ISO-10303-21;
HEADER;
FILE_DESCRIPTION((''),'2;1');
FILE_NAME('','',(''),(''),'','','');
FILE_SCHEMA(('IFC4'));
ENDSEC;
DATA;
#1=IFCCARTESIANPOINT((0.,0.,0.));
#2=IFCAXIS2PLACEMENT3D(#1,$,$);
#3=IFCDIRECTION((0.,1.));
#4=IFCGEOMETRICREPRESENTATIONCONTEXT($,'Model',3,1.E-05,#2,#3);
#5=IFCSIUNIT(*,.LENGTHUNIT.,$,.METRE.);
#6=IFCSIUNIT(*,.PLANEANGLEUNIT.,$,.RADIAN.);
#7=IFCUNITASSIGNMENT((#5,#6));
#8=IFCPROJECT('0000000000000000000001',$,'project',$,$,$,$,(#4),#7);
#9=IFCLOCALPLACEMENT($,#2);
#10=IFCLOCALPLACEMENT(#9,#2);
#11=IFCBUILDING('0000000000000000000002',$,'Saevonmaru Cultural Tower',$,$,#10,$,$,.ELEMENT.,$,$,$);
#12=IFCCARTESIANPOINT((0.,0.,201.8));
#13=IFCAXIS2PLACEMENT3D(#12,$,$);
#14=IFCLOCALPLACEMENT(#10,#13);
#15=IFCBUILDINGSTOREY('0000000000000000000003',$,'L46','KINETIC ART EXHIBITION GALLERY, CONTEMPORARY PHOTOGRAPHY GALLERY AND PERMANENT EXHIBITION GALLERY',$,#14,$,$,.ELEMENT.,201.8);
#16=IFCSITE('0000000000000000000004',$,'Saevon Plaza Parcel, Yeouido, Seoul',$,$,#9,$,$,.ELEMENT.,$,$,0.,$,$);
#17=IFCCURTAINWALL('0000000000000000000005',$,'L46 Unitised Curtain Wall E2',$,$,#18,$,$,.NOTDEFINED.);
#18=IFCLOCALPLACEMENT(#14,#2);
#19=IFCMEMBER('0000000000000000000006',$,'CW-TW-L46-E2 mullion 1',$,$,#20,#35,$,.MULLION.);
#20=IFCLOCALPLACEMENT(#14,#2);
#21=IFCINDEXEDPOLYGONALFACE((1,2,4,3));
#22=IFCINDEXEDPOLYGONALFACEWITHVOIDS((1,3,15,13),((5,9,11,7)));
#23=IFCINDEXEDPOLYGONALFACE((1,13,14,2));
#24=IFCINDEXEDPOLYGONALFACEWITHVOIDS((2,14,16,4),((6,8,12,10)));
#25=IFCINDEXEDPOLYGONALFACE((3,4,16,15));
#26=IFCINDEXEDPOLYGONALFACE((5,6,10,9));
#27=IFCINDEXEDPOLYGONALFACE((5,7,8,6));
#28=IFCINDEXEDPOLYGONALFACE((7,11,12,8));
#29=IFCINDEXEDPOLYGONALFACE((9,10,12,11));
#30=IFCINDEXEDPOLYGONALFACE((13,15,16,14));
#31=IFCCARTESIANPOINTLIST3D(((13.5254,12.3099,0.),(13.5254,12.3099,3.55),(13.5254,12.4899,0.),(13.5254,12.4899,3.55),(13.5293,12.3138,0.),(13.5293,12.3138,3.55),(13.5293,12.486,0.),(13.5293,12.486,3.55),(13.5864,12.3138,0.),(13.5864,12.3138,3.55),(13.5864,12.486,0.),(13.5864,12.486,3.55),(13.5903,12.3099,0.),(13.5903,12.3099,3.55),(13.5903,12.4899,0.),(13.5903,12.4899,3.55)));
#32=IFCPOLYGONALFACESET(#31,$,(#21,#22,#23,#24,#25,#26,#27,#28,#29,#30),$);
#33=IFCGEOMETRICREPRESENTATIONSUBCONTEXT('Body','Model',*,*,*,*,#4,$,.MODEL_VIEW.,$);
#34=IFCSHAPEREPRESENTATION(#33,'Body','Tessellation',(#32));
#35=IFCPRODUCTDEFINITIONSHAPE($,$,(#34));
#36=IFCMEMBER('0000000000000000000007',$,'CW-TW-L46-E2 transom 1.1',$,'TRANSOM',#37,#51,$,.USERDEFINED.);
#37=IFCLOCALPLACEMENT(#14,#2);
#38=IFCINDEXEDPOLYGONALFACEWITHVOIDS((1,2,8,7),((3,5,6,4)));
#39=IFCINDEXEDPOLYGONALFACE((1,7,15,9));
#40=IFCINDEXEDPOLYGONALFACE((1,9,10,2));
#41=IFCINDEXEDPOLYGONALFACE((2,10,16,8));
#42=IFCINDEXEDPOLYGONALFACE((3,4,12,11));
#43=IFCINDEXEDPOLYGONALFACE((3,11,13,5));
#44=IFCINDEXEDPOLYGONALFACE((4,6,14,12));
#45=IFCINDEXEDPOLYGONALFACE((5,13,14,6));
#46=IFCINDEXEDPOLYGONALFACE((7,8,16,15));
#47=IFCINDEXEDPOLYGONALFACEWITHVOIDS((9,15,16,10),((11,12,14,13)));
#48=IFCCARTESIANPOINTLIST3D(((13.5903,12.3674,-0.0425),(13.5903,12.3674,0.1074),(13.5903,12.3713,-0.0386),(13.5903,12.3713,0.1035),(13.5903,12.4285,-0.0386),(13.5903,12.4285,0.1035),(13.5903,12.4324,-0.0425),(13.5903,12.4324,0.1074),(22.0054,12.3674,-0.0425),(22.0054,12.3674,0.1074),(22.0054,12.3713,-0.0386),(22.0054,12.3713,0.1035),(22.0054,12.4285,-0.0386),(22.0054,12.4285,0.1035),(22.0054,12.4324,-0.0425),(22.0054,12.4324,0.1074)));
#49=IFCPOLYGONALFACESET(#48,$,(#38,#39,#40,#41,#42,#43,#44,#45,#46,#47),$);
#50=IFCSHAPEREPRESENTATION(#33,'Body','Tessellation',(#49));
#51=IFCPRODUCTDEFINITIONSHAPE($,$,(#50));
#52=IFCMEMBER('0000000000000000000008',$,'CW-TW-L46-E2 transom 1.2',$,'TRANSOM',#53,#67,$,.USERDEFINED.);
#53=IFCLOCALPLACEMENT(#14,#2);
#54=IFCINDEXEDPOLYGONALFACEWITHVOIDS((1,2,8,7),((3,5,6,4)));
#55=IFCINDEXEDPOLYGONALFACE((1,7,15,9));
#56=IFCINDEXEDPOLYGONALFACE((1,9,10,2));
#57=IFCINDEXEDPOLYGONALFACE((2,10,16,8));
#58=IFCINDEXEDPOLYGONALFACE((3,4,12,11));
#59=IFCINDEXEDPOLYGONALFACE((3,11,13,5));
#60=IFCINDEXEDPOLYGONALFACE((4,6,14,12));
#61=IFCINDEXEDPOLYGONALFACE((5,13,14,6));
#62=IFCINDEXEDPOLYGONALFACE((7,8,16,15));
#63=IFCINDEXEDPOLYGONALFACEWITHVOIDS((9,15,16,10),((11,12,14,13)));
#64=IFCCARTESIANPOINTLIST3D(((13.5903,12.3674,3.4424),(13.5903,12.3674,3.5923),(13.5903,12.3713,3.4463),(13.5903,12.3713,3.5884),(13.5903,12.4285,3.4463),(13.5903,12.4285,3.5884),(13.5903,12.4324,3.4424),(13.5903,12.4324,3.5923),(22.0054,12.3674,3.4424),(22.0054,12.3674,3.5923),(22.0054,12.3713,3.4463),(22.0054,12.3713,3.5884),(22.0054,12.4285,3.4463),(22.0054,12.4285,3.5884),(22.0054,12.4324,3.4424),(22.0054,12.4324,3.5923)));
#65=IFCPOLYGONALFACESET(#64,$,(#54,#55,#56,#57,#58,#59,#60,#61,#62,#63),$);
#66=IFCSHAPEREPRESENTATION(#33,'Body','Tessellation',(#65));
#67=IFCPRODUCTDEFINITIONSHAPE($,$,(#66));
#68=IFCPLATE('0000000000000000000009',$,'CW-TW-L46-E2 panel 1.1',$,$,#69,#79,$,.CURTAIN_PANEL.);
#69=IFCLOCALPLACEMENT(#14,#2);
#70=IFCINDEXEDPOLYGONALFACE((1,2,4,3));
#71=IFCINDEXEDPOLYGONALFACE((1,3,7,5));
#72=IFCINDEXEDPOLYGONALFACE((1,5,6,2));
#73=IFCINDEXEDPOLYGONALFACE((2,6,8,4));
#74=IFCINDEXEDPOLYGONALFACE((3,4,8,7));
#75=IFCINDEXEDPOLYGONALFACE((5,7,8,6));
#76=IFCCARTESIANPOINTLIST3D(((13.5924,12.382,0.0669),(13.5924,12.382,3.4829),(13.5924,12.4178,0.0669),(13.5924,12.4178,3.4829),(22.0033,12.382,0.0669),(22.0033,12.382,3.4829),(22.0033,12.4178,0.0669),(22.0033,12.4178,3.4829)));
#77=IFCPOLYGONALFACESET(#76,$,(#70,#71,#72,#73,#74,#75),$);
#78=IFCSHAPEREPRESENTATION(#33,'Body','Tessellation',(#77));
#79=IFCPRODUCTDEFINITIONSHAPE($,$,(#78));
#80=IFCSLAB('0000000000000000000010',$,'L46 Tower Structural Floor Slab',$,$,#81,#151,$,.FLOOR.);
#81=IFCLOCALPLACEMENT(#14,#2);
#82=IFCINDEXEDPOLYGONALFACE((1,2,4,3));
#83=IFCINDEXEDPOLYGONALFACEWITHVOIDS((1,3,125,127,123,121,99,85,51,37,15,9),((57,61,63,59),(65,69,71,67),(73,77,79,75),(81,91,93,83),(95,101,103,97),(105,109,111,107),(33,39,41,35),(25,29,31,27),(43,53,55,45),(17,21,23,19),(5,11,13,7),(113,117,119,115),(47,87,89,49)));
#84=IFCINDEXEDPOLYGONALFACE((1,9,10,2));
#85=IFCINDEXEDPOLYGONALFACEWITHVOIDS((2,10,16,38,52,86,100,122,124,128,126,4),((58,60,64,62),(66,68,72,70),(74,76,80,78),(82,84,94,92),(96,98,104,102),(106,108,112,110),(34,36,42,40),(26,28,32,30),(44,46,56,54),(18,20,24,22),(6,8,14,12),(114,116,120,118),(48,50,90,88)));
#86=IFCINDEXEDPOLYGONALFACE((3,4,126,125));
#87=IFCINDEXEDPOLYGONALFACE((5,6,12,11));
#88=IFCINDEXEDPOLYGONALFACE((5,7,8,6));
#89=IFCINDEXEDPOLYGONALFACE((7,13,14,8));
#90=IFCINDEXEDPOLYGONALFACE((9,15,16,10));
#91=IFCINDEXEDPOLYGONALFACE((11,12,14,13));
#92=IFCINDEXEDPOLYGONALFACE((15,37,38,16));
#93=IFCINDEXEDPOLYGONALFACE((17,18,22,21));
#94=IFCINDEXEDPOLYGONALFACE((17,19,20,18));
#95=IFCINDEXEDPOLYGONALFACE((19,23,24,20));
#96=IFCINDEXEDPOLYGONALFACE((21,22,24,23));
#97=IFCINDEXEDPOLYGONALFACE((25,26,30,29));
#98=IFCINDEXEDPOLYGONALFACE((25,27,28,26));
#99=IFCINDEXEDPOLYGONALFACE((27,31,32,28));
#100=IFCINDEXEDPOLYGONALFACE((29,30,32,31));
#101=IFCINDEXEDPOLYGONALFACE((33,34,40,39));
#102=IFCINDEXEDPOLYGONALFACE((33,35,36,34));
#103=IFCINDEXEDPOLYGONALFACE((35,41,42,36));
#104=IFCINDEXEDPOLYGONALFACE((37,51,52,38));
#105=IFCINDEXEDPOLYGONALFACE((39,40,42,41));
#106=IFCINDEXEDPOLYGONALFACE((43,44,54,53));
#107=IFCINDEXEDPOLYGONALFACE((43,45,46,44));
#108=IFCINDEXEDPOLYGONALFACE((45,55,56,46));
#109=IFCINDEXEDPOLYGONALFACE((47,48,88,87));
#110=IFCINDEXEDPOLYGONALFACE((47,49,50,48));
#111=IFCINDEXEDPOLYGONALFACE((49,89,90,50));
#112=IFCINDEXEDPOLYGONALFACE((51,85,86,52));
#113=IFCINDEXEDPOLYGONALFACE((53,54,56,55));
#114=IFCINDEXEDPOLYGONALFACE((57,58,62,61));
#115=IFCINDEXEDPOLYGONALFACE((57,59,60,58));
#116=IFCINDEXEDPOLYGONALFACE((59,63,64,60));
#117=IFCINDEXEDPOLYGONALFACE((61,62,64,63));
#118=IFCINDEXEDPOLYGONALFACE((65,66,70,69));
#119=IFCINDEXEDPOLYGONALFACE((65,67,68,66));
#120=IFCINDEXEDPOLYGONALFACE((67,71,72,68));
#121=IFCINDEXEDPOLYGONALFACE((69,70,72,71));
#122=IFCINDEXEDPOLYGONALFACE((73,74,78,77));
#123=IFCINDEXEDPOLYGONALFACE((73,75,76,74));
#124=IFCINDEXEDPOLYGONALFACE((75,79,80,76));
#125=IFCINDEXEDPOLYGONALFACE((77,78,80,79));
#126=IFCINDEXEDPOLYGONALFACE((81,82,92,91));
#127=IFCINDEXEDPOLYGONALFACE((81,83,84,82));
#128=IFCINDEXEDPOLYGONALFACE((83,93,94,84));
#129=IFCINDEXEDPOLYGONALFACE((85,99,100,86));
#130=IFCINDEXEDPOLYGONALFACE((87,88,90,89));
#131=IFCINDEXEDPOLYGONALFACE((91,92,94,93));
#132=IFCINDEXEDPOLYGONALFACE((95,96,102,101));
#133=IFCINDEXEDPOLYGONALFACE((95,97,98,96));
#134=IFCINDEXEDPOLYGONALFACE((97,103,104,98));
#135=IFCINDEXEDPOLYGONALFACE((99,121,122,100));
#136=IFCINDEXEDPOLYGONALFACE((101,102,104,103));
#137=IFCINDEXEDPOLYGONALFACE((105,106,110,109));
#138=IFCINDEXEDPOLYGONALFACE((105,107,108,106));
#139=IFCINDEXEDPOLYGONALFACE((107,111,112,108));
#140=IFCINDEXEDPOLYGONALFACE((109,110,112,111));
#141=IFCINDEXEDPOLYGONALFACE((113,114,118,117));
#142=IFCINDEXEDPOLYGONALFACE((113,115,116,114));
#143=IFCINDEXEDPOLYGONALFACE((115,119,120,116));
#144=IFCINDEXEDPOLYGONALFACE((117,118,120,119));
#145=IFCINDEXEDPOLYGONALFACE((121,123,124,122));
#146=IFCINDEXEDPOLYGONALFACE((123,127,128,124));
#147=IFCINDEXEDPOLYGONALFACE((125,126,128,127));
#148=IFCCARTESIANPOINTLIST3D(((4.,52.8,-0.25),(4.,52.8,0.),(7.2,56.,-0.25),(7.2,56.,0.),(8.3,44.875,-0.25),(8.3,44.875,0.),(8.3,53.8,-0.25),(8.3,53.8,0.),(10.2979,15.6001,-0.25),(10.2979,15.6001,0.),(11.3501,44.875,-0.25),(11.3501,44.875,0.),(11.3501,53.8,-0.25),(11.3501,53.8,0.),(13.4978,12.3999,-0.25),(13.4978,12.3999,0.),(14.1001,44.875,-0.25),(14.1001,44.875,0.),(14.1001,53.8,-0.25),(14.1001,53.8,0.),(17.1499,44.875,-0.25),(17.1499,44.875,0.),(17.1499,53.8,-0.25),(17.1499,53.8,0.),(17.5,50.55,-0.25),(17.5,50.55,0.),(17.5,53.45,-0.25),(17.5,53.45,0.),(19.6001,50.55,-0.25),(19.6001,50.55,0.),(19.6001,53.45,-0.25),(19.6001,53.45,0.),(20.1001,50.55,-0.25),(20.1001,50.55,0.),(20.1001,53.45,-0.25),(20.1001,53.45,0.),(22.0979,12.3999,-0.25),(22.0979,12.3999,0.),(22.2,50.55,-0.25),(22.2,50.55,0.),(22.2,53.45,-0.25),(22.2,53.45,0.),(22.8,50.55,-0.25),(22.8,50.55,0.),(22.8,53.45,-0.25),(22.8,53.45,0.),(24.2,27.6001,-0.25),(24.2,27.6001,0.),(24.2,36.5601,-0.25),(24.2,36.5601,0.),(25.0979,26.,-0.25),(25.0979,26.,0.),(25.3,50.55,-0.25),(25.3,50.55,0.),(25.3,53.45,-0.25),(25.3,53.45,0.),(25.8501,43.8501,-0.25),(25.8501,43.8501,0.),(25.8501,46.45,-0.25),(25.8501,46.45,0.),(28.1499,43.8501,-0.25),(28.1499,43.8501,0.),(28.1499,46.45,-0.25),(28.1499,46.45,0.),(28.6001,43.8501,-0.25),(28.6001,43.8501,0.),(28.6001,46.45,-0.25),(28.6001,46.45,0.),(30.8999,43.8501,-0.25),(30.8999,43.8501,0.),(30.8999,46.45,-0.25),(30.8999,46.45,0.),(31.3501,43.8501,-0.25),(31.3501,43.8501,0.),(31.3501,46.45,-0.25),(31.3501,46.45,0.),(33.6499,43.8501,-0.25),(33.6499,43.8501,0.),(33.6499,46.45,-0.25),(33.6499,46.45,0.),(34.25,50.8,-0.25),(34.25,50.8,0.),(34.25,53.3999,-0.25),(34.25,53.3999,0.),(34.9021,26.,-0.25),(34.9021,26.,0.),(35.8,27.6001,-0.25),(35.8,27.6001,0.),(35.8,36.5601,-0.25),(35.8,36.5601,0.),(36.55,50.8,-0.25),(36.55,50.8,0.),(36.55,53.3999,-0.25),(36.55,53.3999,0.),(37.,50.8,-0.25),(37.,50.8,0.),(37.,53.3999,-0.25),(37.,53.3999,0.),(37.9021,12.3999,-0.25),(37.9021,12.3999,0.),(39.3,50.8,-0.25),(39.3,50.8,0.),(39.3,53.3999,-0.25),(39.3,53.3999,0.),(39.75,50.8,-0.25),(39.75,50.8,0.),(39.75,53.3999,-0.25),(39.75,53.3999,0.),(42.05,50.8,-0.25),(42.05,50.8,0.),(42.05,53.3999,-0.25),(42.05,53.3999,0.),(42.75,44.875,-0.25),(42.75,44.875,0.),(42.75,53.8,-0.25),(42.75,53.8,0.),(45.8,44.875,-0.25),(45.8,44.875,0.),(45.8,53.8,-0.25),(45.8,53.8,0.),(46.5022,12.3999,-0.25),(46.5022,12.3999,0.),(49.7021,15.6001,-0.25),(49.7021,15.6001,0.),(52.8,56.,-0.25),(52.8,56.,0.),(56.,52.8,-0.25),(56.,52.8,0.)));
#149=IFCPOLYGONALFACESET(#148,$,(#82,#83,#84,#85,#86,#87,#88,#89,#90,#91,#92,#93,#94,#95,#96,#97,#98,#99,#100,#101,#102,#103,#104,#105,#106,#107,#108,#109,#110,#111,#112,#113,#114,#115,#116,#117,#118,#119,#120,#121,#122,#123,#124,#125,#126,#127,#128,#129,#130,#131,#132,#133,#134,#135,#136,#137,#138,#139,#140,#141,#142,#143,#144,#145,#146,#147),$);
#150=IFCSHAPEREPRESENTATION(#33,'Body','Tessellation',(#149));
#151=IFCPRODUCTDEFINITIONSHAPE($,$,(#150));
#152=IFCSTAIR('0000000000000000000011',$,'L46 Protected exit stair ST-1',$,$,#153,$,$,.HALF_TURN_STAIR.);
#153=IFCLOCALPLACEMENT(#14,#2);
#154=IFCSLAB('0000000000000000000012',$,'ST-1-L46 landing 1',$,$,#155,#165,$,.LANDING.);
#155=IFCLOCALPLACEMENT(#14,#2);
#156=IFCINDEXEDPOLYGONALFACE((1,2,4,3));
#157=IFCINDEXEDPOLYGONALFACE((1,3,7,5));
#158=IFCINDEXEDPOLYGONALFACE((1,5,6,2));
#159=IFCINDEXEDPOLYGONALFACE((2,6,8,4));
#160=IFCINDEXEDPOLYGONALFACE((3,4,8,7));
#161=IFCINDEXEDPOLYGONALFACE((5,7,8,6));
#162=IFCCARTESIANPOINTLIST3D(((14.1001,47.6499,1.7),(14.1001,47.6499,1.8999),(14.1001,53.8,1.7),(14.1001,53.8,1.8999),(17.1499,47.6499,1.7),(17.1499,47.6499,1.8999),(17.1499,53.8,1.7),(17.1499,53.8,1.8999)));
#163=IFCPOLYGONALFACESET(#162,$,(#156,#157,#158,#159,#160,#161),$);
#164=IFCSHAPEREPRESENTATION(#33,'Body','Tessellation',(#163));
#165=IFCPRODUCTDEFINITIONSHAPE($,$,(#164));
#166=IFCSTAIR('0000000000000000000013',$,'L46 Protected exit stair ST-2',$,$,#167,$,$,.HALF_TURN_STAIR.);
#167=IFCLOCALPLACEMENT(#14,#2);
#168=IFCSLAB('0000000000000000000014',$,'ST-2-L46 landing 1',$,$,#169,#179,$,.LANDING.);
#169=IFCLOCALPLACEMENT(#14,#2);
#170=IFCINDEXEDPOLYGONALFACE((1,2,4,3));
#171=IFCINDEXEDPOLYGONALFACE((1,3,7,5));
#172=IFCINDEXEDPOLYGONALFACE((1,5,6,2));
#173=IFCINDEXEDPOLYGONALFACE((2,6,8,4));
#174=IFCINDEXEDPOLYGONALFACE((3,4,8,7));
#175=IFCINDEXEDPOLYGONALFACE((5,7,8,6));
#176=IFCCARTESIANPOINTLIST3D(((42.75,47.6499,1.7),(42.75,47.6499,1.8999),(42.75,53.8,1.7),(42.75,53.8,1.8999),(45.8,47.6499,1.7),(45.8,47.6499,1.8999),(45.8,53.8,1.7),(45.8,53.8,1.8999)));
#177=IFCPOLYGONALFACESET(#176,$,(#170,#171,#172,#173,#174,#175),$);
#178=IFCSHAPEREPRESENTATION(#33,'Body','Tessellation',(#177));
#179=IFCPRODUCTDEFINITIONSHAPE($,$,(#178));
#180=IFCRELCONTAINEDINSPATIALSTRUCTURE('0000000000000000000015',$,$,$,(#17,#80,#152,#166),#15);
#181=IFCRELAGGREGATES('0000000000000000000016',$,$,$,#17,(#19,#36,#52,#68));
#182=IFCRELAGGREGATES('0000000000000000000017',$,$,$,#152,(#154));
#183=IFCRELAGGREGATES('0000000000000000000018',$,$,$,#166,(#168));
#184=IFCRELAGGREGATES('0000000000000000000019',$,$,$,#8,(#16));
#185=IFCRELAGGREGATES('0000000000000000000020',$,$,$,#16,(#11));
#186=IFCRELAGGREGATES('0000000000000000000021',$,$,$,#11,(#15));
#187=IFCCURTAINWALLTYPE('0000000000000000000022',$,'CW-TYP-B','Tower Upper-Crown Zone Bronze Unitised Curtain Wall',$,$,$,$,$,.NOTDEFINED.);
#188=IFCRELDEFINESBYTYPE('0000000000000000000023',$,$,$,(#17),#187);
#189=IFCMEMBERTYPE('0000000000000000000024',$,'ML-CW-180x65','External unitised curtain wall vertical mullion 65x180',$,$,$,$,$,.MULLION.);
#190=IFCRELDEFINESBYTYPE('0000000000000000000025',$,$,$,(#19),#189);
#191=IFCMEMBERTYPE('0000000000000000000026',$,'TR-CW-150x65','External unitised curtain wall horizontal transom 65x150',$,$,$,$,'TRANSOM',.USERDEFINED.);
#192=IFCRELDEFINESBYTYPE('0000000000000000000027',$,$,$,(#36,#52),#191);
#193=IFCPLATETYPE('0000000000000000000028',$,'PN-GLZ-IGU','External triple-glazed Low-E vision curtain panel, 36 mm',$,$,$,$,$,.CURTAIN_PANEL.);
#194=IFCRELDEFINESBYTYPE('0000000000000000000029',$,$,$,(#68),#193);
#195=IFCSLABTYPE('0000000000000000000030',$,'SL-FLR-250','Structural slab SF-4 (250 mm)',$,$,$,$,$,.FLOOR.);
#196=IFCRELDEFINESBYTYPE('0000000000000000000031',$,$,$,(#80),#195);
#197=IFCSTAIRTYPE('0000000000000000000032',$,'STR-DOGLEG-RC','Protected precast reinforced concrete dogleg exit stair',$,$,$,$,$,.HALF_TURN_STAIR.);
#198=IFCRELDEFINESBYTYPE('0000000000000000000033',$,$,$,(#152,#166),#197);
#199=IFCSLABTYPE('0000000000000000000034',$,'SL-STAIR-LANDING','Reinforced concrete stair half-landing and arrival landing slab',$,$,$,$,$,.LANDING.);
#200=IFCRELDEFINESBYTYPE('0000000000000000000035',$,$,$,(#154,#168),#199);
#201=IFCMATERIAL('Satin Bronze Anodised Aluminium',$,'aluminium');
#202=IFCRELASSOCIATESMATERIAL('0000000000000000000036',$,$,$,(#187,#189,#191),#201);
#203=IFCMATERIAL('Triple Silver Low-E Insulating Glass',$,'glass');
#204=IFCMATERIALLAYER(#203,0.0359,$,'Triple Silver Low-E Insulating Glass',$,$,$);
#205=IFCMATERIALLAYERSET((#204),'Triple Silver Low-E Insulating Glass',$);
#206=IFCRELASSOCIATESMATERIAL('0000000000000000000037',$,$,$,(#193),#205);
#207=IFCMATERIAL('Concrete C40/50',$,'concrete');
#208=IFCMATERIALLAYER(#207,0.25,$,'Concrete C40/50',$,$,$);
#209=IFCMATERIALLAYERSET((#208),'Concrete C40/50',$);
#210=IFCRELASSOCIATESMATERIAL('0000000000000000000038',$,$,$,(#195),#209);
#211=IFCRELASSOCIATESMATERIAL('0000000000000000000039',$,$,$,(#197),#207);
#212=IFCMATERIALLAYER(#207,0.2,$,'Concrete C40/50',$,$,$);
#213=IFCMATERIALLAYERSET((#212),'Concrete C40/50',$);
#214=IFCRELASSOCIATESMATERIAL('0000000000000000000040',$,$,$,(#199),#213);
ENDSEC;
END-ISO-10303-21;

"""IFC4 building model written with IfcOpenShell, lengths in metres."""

from ifc_helpers import new_model, si_unit, direction, frame, origin, origin_2d, place, context, subcontext, project, spatial, polyline, rectangle, hollow_rectangle, outline, extrude, material, layer, layer_set, material_profile, profile_set, type_object, element, aggregate, save


model = new_model("IFC4")

# Units and contexts
model_context = context("Model", 3, precision=1e-05, world=origin(), true_north=direction((0.0, 1.0)))
body_context = subcontext(model_context, "Body", "Model", "MODEL_VIEW")
ifc_project = project(units=[si_unit("LENGTHUNIT", "METRE"), si_unit("PLANEANGLEUNIT", "RADIAN")], contexts=[model_context])

# Site, building, storey
site_placement = place(None, origin())
site = spatial("IfcSite", under=ifc_project, at=site_placement, Name="Saevon Plaza Parcel, Yeouido, Seoul", CompositionType="ELEMENT", RefElevation=0.0)
building_placement = place(site_placement, origin())
building = spatial("IfcBuilding", under=site, at=building_placement, Name="Saevonmaru Cultural Tower", CompositionType="ELEMENT")
storey_placement = place(building_placement, frame((0.0, 0.0, 201.8)))
storey = spatial("IfcBuildingStorey", under=building, at=storey_placement, Name="L46", Description="KINETIC ART EXHIBITION GALLERY, CONTEMPORARY PHOTOGRAPHY GALLERY AND PERMANENT EXHIBITION GALLERY", CompositionType="ELEMENT", Elevation=201.8)

# Curtain wall, members, plate
ifc_material_1 = material(Name="Satin Bronze Anodised Aluminium", Category="aluminium")
curtain_wall_type = type_object("IfcCurtainWallType", Name="CW-TYP-B", Description="Tower Upper-Crown Zone Bronze Unitised Curtain Wall", PredefinedType="NOTDEFINED", material=ifc_material_1)
curtain_wall_placement = place(storey_placement, origin())
curtain_wall = element("IfcCurtainWall", 1, at=curtain_wall_placement, inside=storey, type_object=curtain_wall_type, Name="L46 Unitised Curtain Wall E2", PredefinedType="NOTDEFINED")
ifc_material_profile_1 = material_profile(ifc_material_1, hollow_rectangle(XDim=0.0649, YDim=0.1799, WallThickness=0.0039, at=origin_2d()), Name="ALU-MULL-180x65x4")
ifc_profile_set_1 = profile_set([ifc_material_profile_1], Name="Satin Bronze Anodised Aluminium")
member_type_1 = type_object("IfcMemberType", Name="ML-CW-180x65", Description="External unitised curtain wall vertical mullion 65x180", PredefinedType="MULLION", material=ifc_profile_set_1)
member_1_placement = place(storey_placement, frame((13.5579, 12.3999, 0.0), z_axis=(0.0, 0.0, 1.0), x_axis=(1.0, 0.0, 0.0)))
member_1 = element("IfcMember", 2, at=member_1_placement, type_object=member_type_1, Name="CW-TW-L46-E2 mullion 1", PredefinedType="MULLION", context=body_context, shape_type="SweptSolid", body=[
    extrude(hollow_rectangle(XDim=0.0649, YDim=0.1799, WallThickness=0.0039, at=origin_2d()), origin(), (0.0, 0.0, 1.0), 3.55),
])
ifc_material_profile_2 = material_profile(ifc_material_1, hollow_rectangle(XDim=0.0649, YDim=0.1499, WallThickness=0.0039, at=origin_2d()), Name="ALU-TRAN-150x65x4")
ifc_profile_set_2 = profile_set([ifc_material_profile_2], Name="Satin Bronze Anodised Aluminium")
member_type_2 = type_object("IfcMemberType", Name="TR-CW-150x65", Description="External unitised curtain wall horizontal transom 65x150", ElementType="TRANSOM", PredefinedType="USERDEFINED", material=ifc_profile_set_2)
member_2_placement = place(storey_placement, frame((13.5903, 12.3999, 0.0325), z_axis=(1.0, 0.0, 0.0), x_axis=(0.0, 1.0, 0.0)))
member_2 = element("IfcMember", 3, at=member_2_placement, type_object=member_type_2, Name="CW-TW-L46-E2 transom 1.1", ObjectType="TRANSOM", PredefinedType="USERDEFINED", context=body_context, shape_type="SweptSolid", body=[
    extrude(hollow_rectangle(XDim=0.0649, YDim=0.1499, WallThickness=0.0039, at=origin_2d()), origin(), (0.0, 0.0, 1.0), 8.415),
])
member_3_placement = place(storey_placement, frame((13.5903, 12.3999, 3.5173), z_axis=(1.0, 0.0, 0.0), x_axis=(0.0, 1.0, 0.0)))
member_3 = element("IfcMember", 4, at=member_3_placement, type_object=member_type_2, Name="CW-TW-L46-E2 transom 1.2", ObjectType="TRANSOM", PredefinedType="USERDEFINED", context=body_context, shape_type="SweptSolid", body=[
    extrude(hollow_rectangle(XDim=0.0649, YDim=0.1499, WallThickness=0.0039, at=origin_2d()), origin(), (0.0, 0.0, 1.0), 8.415),
])
ifc_material_2 = material(Name="Triple Silver Low-E Insulating Glass", Category="glass")
ifc_layer_1 = layer(ifc_material_2, 0.0359, Name="Triple Silver Low-E Insulating Glass")
ifc_layer_set_1 = layer_set([ifc_layer_1], Name="Triple Silver Low-E Insulating Glass")
plate_type = type_object("IfcPlateType", Name="PN-GLZ-IGU", Description="External triple-glazed Low-E vision curtain panel, 36 mm", PredefinedType="CURTAIN_PANEL", material=ifc_layer_set_1)
plate_placement = place(storey_placement, frame((17.7979, 12.3999, 0.0669), z_axis=(0.0, 0.0, 1.0), x_axis=(1.0, 0.0, 0.0)))
plate = element("IfcPlate", 5, at=plate_placement, type_object=plate_type, Name="CW-TW-L46-E2 panel 1.1", PredefinedType="CURTAIN_PANEL", context=body_context, shape_type="SweptSolid", body=[
    extrude(rectangle(XDim=8.4109, YDim=0.0359, at=origin_2d()), origin(), (0.0, 0.0, 1.0), 3.416),
])
aggregate(curtain_wall, [member_1, member_2, member_3, plate])

# Slab
ifc_material_3 = material(Name="Concrete C40/50", Category="concrete")
ifc_layer_2 = layer(ifc_material_3, 0.25, Name="Concrete C40/50")
ifc_layer_set_2 = layer_set([ifc_layer_2], Name="Concrete C40/50")
slab_type_1 = type_object("IfcSlabType", Name="SL-FLR-250", Description="Structural slab SF-4 (250 mm)", PredefinedType="FLOOR", material=ifc_layer_set_2)
slab_1_placement = place(storey_placement, frame((0.0, 0.0, -0.25)))
element("IfcSlab", 6, at=slab_1_placement, inside=storey, type_object=slab_type_1, Name="L46 Tower Structural Floor Slab", PredefinedType="FLOOR", context=body_context, shape_type="SweptSolid", body=[
    extrude(outline(polyline([(10.2979, 15.6001), (13.4978, 12.3999), (22.0979, 12.3999), (25.0979, 26.0), (34.9021, 26.0), (37.9021, 12.3999), (46.5022, 12.3999), (49.7021, 15.6001), (56.0, 52.8), (52.8, 56.0), (7.2, 56.0), (4.0, 52.8), (10.2979, 15.6001)]), holes=[polyline([(45.8, 44.875), (42.75, 44.875), (42.75, 53.8), (45.8, 53.8), (45.8, 44.875)]), polyline([(39.75, 50.8), (39.75, 53.3999), (42.05, 53.3999), (42.05, 50.8), (39.75, 50.8)]), polyline([(37.0, 50.8), (37.0, 53.3999), (39.3, 53.3999), (39.3, 50.8), (37.0, 50.8)]), polyline([(34.25, 50.8), (34.25, 53.3999), (36.55, 53.3999), (36.55, 50.8), (34.25, 50.8)]), polyline([(24.2, 27.6001), (24.2, 36.5601), (35.8, 36.5601), (35.8, 27.6001), (24.2, 27.6001)]), polyline([(31.3501, 43.8501), (31.3501, 46.45), (33.6499, 46.45), (33.6499, 43.8501), (31.3501, 43.8501)]), polyline([(28.6001, 43.8501), (28.6001, 46.45), (30.8999, 46.45), (30.8999, 43.8501), (28.6001, 43.8501)]), polyline([(28.1499, 43.8501), (25.8501, 43.8501), (25.8501, 46.45), (28.1499, 46.45), (28.1499, 43.8501)]), polyline([(25.3, 50.55), (22.8, 50.55), (22.8, 53.45), (25.3, 53.45), (25.3, 50.55)]), polyline([(20.1001, 50.55), (20.1001, 53.45), (22.2, 53.45), (22.2, 50.55), (20.1001, 50.55)]), polyline([(17.5, 50.55), (17.5, 53.45), (19.6001, 53.45), (19.6001, 50.55), (17.5, 50.55)]), polyline([(17.1499, 53.8), (17.1499, 44.875), (14.1001, 44.875), (14.1001, 53.8), (17.1499, 53.8)]), polyline([(11.3501, 44.875), (8.3, 44.875), (8.3, 53.8), (11.3501, 53.8), (11.3501, 44.875)])]), origin(), (0.0, 0.0, 1.0), 0.25),
])

# Stairs, slabs
stair_type = type_object("IfcStairType", Name="STR-DOGLEG-RC", Description="Protected precast reinforced concrete dogleg exit stair", PredefinedType="HALF_TURN_STAIR", material=ifc_material_3)
stair_1_placement = place(storey_placement, origin())
stair_1 = element("IfcStair", 7, at=stair_1_placement, inside=storey, type_object=stair_type, Name="L46 Protected exit stair ST-1", PredefinedType="HALF_TURN_STAIR")
ifc_layer_3 = layer(ifc_material_3, 0.2, Name="Concrete C40/50")
ifc_layer_set_3 = layer_set([ifc_layer_3], Name="Concrete C40/50")
slab_type_2 = type_object("IfcSlabType", Name="SL-STAIR-LANDING", Description="Reinforced concrete stair half-landing and arrival landing slab", PredefinedType="LANDING", material=ifc_layer_set_3)
slab_2_placement = place(storey_placement, frame((0.0, 0.0, 1.7)))
slab_2 = element("IfcSlab", 8, at=slab_2_placement, type_object=slab_type_2, Name="ST-1-L46 landing 1", PredefinedType="LANDING", context=body_context, shape_type="SweptSolid", body=[
    extrude(outline(polyline([(17.1499, 47.6499), (17.1499, 53.8), (14.1001, 53.8), (14.1001, 47.6499), (17.1499, 47.6499)])), origin(), (0.0, 0.0, 1.0), 0.2),
])
aggregate(stair_1, [slab_2])
stair_2_placement = place(storey_placement, origin())
stair_2 = element("IfcStair", 9, at=stair_2_placement, inside=storey, type_object=stair_type, Name="L46 Protected exit stair ST-2", PredefinedType="HALF_TURN_STAIR")
slab_3_placement = place(storey_placement, frame((0.0, 0.0, 1.7)))
slab_3 = element("IfcSlab", 10, at=slab_3_placement, type_object=slab_type_2, Name="ST-2-L46 landing 1", PredefinedType="LANDING", context=body_context, shape_type="SweptSolid", body=[
    extrude(outline(polyline([(45.8, 47.6499), (45.8, 53.8), (42.75, 53.8), (42.75, 47.6499), (45.8, 47.6499)])), origin(), (0.0, 0.0, 1.0), 0.2),
])
aggregate(stair_2, [slab_3])

save(model, "model.ifc")
